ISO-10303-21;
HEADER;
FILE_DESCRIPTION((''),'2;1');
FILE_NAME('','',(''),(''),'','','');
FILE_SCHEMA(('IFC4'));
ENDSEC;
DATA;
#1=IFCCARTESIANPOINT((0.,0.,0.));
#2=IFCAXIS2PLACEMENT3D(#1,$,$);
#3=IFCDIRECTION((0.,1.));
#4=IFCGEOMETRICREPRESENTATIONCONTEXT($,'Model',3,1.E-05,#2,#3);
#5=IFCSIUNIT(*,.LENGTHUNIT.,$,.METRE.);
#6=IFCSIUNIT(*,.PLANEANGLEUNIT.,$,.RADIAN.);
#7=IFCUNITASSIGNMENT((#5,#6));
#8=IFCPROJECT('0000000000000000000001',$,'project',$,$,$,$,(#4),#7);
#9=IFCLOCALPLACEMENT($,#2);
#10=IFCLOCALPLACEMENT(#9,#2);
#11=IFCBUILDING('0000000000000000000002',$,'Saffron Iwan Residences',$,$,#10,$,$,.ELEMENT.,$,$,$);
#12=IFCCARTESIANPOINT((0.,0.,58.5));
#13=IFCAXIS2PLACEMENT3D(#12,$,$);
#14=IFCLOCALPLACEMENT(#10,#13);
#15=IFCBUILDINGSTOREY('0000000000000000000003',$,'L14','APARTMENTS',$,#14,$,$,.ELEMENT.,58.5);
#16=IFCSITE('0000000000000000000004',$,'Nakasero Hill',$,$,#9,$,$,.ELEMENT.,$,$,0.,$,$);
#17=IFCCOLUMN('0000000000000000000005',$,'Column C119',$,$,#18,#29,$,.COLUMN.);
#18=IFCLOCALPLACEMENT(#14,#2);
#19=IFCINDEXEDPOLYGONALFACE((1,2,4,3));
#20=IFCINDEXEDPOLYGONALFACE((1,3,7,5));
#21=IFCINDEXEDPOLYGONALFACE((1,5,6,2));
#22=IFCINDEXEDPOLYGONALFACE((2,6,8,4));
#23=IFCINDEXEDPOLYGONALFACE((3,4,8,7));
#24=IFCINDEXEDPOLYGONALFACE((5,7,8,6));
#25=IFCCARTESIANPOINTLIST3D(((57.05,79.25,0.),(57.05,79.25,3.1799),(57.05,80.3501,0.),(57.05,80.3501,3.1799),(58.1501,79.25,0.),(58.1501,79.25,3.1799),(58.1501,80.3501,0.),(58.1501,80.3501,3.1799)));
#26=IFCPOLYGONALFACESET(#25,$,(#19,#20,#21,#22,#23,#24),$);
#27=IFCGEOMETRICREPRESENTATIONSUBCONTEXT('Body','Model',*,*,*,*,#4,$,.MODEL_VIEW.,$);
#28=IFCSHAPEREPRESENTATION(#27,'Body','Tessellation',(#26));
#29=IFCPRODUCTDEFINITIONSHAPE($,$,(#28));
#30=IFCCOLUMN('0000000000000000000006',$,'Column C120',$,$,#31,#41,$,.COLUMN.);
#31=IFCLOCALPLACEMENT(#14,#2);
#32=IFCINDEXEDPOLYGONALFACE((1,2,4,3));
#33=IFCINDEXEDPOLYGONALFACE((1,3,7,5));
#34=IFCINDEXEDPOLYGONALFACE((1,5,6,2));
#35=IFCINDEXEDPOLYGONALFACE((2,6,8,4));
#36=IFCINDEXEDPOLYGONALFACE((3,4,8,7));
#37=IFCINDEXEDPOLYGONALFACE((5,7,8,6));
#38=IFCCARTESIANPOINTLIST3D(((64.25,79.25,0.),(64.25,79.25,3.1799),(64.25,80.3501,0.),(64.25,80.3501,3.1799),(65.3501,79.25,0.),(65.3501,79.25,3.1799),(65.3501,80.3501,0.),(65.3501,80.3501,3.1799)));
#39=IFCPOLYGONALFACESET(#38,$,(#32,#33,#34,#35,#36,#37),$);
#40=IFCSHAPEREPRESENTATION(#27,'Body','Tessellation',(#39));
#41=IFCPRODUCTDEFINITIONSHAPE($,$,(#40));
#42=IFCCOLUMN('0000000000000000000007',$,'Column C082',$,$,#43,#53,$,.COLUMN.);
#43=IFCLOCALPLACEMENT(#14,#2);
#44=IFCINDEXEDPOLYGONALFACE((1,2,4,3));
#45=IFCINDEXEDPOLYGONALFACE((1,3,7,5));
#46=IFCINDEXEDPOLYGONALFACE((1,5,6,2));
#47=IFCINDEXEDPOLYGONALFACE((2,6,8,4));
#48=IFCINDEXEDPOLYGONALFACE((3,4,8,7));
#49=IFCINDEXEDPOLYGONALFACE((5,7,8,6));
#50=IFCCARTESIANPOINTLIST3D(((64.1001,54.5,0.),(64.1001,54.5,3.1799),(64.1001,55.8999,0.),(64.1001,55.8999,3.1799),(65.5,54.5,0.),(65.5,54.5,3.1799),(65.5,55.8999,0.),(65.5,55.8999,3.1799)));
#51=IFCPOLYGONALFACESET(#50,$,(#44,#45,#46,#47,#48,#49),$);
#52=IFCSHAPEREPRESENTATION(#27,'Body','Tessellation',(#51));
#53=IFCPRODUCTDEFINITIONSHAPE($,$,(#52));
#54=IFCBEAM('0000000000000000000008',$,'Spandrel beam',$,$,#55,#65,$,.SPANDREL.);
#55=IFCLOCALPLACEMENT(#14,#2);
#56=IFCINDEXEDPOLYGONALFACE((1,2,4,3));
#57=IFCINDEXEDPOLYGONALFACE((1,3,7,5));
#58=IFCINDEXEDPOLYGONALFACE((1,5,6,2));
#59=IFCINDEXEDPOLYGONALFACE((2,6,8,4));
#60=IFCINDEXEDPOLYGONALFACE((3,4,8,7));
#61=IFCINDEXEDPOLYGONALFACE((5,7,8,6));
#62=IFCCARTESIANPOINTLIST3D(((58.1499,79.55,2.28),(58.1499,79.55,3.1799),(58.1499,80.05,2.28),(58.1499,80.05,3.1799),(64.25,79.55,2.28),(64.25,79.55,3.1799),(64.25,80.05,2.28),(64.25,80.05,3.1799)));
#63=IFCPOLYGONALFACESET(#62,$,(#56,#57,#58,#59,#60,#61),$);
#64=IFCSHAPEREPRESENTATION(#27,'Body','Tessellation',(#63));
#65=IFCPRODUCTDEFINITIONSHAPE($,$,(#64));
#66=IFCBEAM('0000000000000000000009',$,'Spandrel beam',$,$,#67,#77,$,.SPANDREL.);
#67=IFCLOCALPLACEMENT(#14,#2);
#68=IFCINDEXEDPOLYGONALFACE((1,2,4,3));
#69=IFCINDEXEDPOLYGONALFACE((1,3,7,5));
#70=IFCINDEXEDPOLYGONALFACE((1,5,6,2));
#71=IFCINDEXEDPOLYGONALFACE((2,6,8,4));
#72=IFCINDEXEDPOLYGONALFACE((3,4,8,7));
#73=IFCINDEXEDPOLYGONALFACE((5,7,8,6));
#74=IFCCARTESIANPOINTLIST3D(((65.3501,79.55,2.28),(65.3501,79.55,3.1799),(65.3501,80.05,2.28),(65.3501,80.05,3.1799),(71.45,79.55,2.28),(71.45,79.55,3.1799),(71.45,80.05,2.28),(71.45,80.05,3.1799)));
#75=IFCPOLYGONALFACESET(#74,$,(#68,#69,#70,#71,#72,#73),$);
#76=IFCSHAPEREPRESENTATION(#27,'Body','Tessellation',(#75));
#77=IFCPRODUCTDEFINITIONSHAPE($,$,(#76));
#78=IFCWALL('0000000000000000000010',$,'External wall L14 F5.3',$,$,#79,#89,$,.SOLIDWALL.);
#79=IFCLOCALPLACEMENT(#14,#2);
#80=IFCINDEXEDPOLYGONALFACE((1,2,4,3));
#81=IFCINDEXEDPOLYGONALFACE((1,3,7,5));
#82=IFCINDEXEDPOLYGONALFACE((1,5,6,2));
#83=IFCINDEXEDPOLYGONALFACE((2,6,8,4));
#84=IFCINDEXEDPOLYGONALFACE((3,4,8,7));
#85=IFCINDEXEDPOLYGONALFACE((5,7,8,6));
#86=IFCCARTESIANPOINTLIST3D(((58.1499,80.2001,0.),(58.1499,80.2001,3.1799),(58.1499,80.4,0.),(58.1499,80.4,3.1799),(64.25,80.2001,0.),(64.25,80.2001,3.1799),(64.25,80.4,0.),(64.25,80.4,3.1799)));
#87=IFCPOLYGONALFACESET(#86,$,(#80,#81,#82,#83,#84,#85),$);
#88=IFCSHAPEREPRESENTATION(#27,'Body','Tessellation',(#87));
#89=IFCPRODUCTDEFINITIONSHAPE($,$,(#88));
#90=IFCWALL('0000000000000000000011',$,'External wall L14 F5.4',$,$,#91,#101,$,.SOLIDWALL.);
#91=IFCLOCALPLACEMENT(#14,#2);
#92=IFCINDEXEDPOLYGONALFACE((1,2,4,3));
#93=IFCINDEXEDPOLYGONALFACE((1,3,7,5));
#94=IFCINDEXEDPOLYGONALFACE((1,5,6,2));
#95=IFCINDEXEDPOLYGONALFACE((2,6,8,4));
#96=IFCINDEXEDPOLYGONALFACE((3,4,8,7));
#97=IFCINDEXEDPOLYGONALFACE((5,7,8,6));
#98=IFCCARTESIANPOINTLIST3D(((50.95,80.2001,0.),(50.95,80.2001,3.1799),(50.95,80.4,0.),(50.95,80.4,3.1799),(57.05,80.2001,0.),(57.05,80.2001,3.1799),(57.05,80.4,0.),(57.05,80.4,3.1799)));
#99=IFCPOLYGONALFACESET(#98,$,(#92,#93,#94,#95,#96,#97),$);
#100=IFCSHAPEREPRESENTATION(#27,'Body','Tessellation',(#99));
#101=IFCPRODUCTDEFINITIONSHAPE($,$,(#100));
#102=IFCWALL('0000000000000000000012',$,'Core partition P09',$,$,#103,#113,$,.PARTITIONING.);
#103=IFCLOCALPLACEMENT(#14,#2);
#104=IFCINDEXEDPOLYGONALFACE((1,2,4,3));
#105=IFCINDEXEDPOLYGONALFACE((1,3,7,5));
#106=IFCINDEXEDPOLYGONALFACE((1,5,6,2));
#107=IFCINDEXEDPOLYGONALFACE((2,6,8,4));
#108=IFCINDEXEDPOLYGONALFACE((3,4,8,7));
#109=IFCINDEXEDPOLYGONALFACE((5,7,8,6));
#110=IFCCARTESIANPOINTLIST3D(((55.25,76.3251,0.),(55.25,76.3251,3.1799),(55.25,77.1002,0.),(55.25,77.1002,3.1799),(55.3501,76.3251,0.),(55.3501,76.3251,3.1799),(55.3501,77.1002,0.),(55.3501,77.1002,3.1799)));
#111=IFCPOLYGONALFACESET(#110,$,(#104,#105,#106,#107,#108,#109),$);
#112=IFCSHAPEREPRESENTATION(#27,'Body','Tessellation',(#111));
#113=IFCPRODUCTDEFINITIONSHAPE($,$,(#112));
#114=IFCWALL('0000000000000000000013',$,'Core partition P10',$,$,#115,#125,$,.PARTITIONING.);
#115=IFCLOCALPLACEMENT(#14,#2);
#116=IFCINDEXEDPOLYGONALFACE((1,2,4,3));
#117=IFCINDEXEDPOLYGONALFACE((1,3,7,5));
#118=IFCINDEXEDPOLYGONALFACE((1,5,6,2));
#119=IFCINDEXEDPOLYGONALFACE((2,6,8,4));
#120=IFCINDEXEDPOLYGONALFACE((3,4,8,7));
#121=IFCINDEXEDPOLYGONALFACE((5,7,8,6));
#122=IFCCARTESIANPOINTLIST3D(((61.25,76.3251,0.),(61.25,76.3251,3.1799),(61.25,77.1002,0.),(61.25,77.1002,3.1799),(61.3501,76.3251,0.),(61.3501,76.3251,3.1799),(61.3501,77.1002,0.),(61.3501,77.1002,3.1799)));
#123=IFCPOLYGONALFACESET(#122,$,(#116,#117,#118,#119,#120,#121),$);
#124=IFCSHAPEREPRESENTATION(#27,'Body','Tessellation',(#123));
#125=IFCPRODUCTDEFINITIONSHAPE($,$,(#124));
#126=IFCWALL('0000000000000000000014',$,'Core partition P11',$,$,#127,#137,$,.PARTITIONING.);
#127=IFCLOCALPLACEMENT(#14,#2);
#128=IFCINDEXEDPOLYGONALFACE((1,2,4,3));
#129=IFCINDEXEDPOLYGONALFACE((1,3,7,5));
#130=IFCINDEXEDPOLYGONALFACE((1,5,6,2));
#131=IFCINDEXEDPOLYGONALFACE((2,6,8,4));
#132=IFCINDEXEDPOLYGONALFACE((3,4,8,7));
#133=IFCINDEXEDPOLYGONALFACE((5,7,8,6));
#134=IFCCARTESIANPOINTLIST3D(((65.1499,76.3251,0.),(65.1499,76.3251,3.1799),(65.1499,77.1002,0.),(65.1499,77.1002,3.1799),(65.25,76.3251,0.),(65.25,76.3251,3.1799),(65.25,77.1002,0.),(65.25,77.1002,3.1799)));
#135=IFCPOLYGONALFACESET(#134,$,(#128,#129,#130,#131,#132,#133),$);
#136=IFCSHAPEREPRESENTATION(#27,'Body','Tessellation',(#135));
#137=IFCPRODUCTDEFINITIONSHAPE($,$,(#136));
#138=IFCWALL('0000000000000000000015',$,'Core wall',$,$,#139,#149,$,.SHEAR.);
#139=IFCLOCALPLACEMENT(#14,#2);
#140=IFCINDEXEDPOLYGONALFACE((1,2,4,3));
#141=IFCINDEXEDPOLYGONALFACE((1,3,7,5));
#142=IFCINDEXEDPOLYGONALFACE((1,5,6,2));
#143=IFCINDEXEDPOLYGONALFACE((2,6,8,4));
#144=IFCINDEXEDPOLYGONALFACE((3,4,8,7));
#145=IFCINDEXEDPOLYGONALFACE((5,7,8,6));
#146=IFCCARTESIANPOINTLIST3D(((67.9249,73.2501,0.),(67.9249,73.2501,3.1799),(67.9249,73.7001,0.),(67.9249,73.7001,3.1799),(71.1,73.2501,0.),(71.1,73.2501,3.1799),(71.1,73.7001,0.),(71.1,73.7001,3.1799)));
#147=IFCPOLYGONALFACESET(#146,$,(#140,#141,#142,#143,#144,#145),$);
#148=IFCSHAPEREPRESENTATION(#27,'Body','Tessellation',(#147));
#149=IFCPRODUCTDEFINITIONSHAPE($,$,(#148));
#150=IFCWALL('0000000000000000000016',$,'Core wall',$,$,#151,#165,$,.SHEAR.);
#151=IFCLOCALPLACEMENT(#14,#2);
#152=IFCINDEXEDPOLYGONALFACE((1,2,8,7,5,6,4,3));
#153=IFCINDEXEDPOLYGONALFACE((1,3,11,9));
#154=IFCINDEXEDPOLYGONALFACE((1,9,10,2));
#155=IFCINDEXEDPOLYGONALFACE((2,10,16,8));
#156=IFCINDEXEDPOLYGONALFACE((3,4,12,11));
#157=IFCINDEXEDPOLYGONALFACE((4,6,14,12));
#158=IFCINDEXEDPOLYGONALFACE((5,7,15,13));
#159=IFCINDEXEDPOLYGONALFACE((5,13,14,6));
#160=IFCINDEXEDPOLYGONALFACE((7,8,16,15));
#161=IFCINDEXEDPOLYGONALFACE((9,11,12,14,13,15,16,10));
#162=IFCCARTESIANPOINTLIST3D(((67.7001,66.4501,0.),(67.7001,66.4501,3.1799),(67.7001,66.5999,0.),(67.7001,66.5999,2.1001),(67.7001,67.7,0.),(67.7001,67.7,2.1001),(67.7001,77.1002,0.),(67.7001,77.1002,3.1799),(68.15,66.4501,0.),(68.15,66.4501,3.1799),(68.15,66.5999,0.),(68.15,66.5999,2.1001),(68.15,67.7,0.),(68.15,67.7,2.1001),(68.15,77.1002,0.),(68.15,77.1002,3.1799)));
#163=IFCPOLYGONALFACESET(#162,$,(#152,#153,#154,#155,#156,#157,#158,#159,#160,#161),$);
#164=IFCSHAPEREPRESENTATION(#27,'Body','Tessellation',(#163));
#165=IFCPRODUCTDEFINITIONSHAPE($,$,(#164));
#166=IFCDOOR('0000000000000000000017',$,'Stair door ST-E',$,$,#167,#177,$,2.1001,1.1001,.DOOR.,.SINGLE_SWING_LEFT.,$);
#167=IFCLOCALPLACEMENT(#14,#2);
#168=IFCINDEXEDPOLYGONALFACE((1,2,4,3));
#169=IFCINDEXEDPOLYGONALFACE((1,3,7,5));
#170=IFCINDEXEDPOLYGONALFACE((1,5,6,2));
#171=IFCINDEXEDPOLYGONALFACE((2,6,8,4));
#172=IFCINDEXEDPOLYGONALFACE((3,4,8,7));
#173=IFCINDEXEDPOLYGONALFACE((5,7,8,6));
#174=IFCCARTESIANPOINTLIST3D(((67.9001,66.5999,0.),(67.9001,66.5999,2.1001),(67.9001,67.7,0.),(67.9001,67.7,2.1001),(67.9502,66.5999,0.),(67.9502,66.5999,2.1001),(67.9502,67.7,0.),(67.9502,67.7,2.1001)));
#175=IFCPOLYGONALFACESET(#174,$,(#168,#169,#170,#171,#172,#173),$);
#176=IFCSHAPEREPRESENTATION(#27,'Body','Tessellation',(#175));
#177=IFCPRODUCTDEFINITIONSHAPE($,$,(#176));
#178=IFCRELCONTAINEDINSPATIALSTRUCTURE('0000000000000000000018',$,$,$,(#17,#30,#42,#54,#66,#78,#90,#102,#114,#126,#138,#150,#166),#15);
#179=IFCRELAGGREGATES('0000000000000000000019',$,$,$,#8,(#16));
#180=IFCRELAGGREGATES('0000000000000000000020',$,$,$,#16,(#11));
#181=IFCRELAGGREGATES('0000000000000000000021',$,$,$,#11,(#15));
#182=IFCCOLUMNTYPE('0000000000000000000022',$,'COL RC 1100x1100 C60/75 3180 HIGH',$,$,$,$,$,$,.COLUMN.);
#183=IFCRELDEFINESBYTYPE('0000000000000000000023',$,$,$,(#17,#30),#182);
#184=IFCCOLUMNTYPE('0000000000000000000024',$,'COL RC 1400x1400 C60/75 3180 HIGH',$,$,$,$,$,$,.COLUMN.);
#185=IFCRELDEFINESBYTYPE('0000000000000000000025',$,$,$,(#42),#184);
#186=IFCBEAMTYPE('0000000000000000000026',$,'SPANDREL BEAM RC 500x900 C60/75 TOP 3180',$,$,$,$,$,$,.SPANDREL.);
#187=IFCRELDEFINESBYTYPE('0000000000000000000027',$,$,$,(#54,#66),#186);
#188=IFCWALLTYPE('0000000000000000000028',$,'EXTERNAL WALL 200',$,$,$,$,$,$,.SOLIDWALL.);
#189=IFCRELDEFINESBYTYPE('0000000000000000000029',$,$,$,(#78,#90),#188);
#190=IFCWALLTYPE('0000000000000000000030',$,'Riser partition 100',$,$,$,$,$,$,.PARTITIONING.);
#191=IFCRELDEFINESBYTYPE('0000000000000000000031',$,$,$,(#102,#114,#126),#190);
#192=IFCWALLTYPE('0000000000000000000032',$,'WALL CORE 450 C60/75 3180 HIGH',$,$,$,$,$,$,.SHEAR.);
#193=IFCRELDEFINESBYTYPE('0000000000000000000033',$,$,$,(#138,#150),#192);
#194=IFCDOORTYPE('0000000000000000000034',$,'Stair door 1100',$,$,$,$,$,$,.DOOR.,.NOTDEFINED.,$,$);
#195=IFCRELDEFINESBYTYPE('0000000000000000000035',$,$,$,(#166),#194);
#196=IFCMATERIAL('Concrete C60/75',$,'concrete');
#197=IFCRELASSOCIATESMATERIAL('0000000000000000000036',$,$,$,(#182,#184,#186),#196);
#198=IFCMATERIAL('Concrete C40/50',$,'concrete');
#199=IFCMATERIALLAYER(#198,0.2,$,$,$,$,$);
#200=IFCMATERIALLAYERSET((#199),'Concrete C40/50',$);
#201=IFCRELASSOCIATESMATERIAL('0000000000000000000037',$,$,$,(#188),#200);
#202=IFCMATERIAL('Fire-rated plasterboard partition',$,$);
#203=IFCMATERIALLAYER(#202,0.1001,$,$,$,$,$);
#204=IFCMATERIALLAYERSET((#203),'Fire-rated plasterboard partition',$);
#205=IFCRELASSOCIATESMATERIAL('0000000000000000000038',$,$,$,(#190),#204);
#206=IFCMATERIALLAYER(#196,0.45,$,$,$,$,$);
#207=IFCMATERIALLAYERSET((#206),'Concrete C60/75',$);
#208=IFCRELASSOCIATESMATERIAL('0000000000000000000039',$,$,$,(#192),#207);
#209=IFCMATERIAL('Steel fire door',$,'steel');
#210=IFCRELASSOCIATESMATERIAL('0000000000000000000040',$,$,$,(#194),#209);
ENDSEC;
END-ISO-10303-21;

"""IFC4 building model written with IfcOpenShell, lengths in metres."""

from ifc_helpers import new_model, si_unit, direction, frame, frame_2d, origin, origin_2d, place, context, subcontext, project, spatial, rectangle, extrude, source, transform, mapped, material, layer, layer_set, material_profile, profile_set, type_object, element, fill, save


model = new_model("IFC4")

# Units and contexts
model_context = context("Model", 3, precision=1e-05, world=origin(), true_north=direction((0.0, 1.0)))
body_context = subcontext(model_context, "Body", "Model", "MODEL_VIEW")
ifc_project = project(units=[si_unit("LENGTHUNIT", "METRE"), si_unit("PLANEANGLEUNIT", "RADIAN")], contexts=[model_context])

# Site, building, storey
site_placement = place(None, origin())
site = spatial("IfcSite", under=ifc_project, at=site_placement, Name="Nakasero Hill", CompositionType="ELEMENT", RefElevation=0.0)
building_placement = place(site_placement, origin())
building = spatial("IfcBuilding", under=site, at=building_placement, Name="Saffron Iwan Residences", CompositionType="ELEMENT")
storey_placement = place(building_placement, frame((0.0, 0.0, 58.5)))
storey = spatial("IfcBuildingStorey", under=building, at=storey_placement, Name="L14", Description="APARTMENTS", CompositionType="ELEMENT", Elevation=58.5)

# Columns
ifc_material_1 = material(Name="Concrete C60/75", Category="concrete")
ifc_material_profile_1 = material_profile(ifc_material_1, rectangle(XDim=1.1001, YDim=1.1001, at=origin_2d()), Name="RC 1100x1100")
ifc_profile_set_1 = profile_set([ifc_material_profile_1], Name="Concrete C60/75")
column_type_1 = type_object("IfcColumnType", Name="COL RC 1100x1100 C60/75 3180 HIGH", PredefinedType="COLUMN", material=ifc_profile_set_1)
shared_shape_1 = source(origin(), body_context, "Body", "SweptSolid", [
    extrude(rectangle(XDim=1.1001, YDim=1.1001, at=origin_2d()), origin(), (0.0, 0.0, 1.0), 3.1799),
])
for number, where, z_axis, x_axis, name in (
    (1, (57.6001, 79.8, 0.0), (0.0, 0.0, 1.0), (1.0, 0.0, 0.0), "Column C119"),
    (2, (64.8, 79.8, 0.0), (0.0, 0.0, 1.0), (1.0, 0.0, 0.0), "Column C120"),
):
    element("IfcColumn", number, at=place(storey_placement, frame(where, z_axis=z_axis, x_axis=x_axis)), inside=storey, type_object=column_type_1, Name=name, PredefinedType="COLUMN", context=body_context, shape_type="MappedRepresentation", body=[
        mapped(shared_shape_1, transform((0.0, 0.0, 0.0))),
    ])
ifc_material_profile_2 = material_profile(ifc_material_1, rectangle(XDim=1.3999, YDim=1.3999, at=origin_2d()), Name="RC 1400x1400")
ifc_profile_set_2 = profile_set([ifc_material_profile_2], Name="Concrete C60/75")
column_type_2 = type_object("IfcColumnType", Name="COL RC 1400x1400 C60/75 3180 HIGH", PredefinedType="COLUMN", material=ifc_profile_set_2)
shared_shape_2 = source(origin(), body_context, "Body", "SweptSolid", [
    extrude(rectangle(XDim=1.3999, YDim=1.3999, at=origin_2d()), origin(), (0.0, 0.0, 1.0), 3.1799),
])
column_placement = place(storey_placement, frame((64.8, 55.2, 0.0), z_axis=(0.0, 0.0, 1.0), x_axis=(1.0, 0.0, 0.0)))
element("IfcColumn", 3, at=column_placement, inside=storey, type_object=column_type_2, Name="Column C082", PredefinedType="COLUMN", context=body_context, shape_type="MappedRepresentation", body=[
    mapped(shared_shape_2, transform((0.0, 0.0, 0.0))),
])

# Beams
ifc_material_profile_3 = material_profile(ifc_material_1, rectangle(XDim=0.5, YDim=0.8999, at=origin_2d()), Name="RC 500x900")
ifc_profile_set_3 = profile_set([ifc_material_profile_3], Name="Concrete C60/75")
beam_type = type_object("IfcBeamType", Name="SPANDREL BEAM RC 500x900 C60/75 TOP 3180", PredefinedType="SPANDREL", material=ifc_profile_set_3)
shared_shape_3 = source(origin(), body_context, "Body", "SweptSolid", [
    extrude(rectangle(XDim=0.5, YDim=0.8999, at=origin_2d()), origin(), (0.0, 0.0, 1.0), 6.1001),
])
beam_1_placement = place(storey_placement, frame((58.1499, 79.8, 2.73), z_axis=(1.0, 0.0, 0.0), x_axis=(0.0, 1.0, 0.0)))
element("IfcBeam", 4, at=beam_1_placement, inside=storey, type_object=beam_type, Name="Spandrel beam", PredefinedType="SPANDREL", context=body_context, shape_type="MappedRepresentation", body=[
    mapped(shared_shape_3, transform((0.0, 0.0, 0.0))),
])
shared_shape_4 = source(origin(), body_context, "Body", "SweptSolid", [
    extrude(rectangle(XDim=0.5, YDim=0.8999, at=origin_2d()), origin(), (0.0, 0.0, 1.0), 6.0999),
])
beam_2_placement = place(storey_placement, frame((65.3501, 79.8, 2.73), z_axis=(1.0, 0.0, 0.0), x_axis=(0.0, 1.0, 0.0)))
element("IfcBeam", 5, at=beam_2_placement, inside=storey, type_object=beam_type, Name="Spandrel beam", PredefinedType="SPANDREL", context=body_context, shape_type="MappedRepresentation", body=[
    mapped(shared_shape_4, transform((0.0, 0.0, 0.0))),
])

# Walls
ifc_material_2 = material(Name="Concrete C40/50", Category="concrete")
ifc_layer_1 = layer(ifc_material_2, 0.2)
ifc_layer_set_1 = layer_set([ifc_layer_1], Name="Concrete C40/50")
wall_type_1 = type_object("IfcWallType", Name="EXTERNAL WALL 200", PredefinedType="SOLIDWALL", material=ifc_layer_set_1)
for number, where, z_axis, x_axis, name in (
    (6, (64.25, 80.3, 0.0), (0.0, 0.0, 1.0), (-1.0, 0.0, 0.0), "External wall L14 F5.3"),
    (7, (57.05, 80.3, 0.0), (0.0, 0.0, 1.0), (-1.0, 0.0, 0.0), "External wall L14 F5.4"),
):
    element("IfcWall", number, at=place(storey_placement, frame(where, z_axis=z_axis, x_axis=x_axis)), inside=storey, type_object=wall_type_1, Name=name, PredefinedType="SOLIDWALL", context=body_context, shape_type="SweptSolid", body=[
        extrude(rectangle(XDim=6.1001, YDim=0.2, at=frame_2d((3.05, 0.0))), origin(), (0.0, 0.0, 1.0), 3.1799),
    ])
ifc_material_3 = material(Name="Fire-rated plasterboard partition")
ifc_layer_2 = layer(ifc_material_3, 0.1001)
ifc_layer_set_2 = layer_set([ifc_layer_2], Name="Fire-rated plasterboard partition")
wall_type_2 = type_object("IfcWallType", Name="Riser partition 100", PredefinedType="PARTITIONING", material=ifc_layer_set_2)
for number, where, z_axis, x_axis, name in (
    (8, (55.3, 76.325, 0.0), (0.0, 0.0, 1.0), (0.0, 1.0, 0.0), "Core partition P09"),
    (9, (61.3, 76.325, 0.0), (0.0, 0.0, 1.0), (0.0, 1.0, 0.0), "Core partition P10"),
    (10, (65.2, 76.325, 0.0), (0.0, 0.0, 1.0), (0.0, 1.0, 0.0), "Core partition P11"),
):
    element("IfcWall", number, at=place(storey_placement, frame(where, z_axis=z_axis, x_axis=x_axis)), inside=storey, type_object=wall_type_2, Name=name, PredefinedType="PARTITIONING", context=body_context, shape_type="SweptSolid", body=[
        extrude(rectangle(XDim=0.7751, YDim=0.1001, at=frame_2d((0.3877, 0.0))), origin(), (0.0, 0.0, 1.0), 3.1799),
    ])
ifc_layer_3 = layer(ifc_material_1, 0.45)
ifc_layer_set_3 = layer_set([ifc_layer_3], Name="Concrete C60/75")
wall_type_3 = type_object("IfcWallType", Name="WALL CORE 450 C60/75 3180 HIGH", PredefinedType="SHEAR", material=ifc_layer_set_3)
wall_1_placement = place(storey_placement, frame((67.925, 73.4751, 0.0), z_axis=(0.0, 0.0, 1.0), x_axis=(1.0, 0.0, 0.0)))
element("IfcWall", 11, at=wall_1_placement, inside=storey, type_object=wall_type_3, Name="Core wall", PredefinedType="SHEAR", context=body_context, shape_type="SweptSolid", body=[
    extrude(rectangle(XDim=3.175, YDim=0.45, at=frame_2d((1.5874, 0.0))), origin(), (0.0, 0.0, 1.0), 3.1799),
])

# Wall, opening, door
wall_2_placement = place(storey_placement, frame((67.925, 66.45, 0.0), z_axis=(0.0, 0.0, 1.0), x_axis=(0.0, 1.0, 0.0)))
wall_2 = element("IfcWall", 12, at=wall_2_placement, inside=storey, type_object=wall_type_3, Name="Core wall", PredefinedType="SHEAR", context=body_context, shape_type="SweptSolid", body=[
    extrude(rectangle(XDim=10.6501, YDim=0.45, at=frame_2d((5.3252, 0.0))), origin(), (0.0, 0.0, 1.0), 3.1799),
])
opening_1_placement = place(wall_2_placement, frame((0.1499, 0.0, 0.0)))
opening_1 = element("IfcOpeningElement", 13, at=opening_1_placement, cuts=wall_2, PredefinedType="OPENING", context=body_context, shape_type="SweptSolid", body=[
    extrude(rectangle(XDim=1.1001, YDim=2.1001, at=frame_2d((0.55, 1.05))), frame((0.0, 0.2349, 0.0), z_axis=(0.0, -1.0, 0.0), x_axis=(1.0, 0.0, 0.0)), (0.0, 0.0, 1.0), 0.47),
])
ifc_material_4 = material(Name="Steel fire door", Category="steel")
door_type_1 = type_object("IfcDoorType", Name="Stair door 1100", OperationType="NOTDEFINED", PredefinedType="DOOR", material=ifc_material_4)
door_1_placement = place(opening_1_placement, origin())
door_1 = element("IfcDoor", 14, at=door_1_placement, inside=storey, type_object=door_type_1, Name="Stair door ST-E", OperationType="SINGLE_SWING_LEFT", OverallHeight=2.1001, OverallWidth=1.1001, PredefinedType="DOOR", context=body_context, shape_type="SweptSolid", body=[
    extrude(rectangle(XDim=1.1001, YDim=2.1001, at=frame_2d((0.55, 1.05))), frame((0.0, 0.0249, 0.0), z_axis=(0.0, -1.0, 0.0), x_axis=(1.0, 0.0, 0.0)), (0.0, 0.0, 1.0), 0.05),
])
fill(opening_1, door_1)

save(model, "model.ifc")
